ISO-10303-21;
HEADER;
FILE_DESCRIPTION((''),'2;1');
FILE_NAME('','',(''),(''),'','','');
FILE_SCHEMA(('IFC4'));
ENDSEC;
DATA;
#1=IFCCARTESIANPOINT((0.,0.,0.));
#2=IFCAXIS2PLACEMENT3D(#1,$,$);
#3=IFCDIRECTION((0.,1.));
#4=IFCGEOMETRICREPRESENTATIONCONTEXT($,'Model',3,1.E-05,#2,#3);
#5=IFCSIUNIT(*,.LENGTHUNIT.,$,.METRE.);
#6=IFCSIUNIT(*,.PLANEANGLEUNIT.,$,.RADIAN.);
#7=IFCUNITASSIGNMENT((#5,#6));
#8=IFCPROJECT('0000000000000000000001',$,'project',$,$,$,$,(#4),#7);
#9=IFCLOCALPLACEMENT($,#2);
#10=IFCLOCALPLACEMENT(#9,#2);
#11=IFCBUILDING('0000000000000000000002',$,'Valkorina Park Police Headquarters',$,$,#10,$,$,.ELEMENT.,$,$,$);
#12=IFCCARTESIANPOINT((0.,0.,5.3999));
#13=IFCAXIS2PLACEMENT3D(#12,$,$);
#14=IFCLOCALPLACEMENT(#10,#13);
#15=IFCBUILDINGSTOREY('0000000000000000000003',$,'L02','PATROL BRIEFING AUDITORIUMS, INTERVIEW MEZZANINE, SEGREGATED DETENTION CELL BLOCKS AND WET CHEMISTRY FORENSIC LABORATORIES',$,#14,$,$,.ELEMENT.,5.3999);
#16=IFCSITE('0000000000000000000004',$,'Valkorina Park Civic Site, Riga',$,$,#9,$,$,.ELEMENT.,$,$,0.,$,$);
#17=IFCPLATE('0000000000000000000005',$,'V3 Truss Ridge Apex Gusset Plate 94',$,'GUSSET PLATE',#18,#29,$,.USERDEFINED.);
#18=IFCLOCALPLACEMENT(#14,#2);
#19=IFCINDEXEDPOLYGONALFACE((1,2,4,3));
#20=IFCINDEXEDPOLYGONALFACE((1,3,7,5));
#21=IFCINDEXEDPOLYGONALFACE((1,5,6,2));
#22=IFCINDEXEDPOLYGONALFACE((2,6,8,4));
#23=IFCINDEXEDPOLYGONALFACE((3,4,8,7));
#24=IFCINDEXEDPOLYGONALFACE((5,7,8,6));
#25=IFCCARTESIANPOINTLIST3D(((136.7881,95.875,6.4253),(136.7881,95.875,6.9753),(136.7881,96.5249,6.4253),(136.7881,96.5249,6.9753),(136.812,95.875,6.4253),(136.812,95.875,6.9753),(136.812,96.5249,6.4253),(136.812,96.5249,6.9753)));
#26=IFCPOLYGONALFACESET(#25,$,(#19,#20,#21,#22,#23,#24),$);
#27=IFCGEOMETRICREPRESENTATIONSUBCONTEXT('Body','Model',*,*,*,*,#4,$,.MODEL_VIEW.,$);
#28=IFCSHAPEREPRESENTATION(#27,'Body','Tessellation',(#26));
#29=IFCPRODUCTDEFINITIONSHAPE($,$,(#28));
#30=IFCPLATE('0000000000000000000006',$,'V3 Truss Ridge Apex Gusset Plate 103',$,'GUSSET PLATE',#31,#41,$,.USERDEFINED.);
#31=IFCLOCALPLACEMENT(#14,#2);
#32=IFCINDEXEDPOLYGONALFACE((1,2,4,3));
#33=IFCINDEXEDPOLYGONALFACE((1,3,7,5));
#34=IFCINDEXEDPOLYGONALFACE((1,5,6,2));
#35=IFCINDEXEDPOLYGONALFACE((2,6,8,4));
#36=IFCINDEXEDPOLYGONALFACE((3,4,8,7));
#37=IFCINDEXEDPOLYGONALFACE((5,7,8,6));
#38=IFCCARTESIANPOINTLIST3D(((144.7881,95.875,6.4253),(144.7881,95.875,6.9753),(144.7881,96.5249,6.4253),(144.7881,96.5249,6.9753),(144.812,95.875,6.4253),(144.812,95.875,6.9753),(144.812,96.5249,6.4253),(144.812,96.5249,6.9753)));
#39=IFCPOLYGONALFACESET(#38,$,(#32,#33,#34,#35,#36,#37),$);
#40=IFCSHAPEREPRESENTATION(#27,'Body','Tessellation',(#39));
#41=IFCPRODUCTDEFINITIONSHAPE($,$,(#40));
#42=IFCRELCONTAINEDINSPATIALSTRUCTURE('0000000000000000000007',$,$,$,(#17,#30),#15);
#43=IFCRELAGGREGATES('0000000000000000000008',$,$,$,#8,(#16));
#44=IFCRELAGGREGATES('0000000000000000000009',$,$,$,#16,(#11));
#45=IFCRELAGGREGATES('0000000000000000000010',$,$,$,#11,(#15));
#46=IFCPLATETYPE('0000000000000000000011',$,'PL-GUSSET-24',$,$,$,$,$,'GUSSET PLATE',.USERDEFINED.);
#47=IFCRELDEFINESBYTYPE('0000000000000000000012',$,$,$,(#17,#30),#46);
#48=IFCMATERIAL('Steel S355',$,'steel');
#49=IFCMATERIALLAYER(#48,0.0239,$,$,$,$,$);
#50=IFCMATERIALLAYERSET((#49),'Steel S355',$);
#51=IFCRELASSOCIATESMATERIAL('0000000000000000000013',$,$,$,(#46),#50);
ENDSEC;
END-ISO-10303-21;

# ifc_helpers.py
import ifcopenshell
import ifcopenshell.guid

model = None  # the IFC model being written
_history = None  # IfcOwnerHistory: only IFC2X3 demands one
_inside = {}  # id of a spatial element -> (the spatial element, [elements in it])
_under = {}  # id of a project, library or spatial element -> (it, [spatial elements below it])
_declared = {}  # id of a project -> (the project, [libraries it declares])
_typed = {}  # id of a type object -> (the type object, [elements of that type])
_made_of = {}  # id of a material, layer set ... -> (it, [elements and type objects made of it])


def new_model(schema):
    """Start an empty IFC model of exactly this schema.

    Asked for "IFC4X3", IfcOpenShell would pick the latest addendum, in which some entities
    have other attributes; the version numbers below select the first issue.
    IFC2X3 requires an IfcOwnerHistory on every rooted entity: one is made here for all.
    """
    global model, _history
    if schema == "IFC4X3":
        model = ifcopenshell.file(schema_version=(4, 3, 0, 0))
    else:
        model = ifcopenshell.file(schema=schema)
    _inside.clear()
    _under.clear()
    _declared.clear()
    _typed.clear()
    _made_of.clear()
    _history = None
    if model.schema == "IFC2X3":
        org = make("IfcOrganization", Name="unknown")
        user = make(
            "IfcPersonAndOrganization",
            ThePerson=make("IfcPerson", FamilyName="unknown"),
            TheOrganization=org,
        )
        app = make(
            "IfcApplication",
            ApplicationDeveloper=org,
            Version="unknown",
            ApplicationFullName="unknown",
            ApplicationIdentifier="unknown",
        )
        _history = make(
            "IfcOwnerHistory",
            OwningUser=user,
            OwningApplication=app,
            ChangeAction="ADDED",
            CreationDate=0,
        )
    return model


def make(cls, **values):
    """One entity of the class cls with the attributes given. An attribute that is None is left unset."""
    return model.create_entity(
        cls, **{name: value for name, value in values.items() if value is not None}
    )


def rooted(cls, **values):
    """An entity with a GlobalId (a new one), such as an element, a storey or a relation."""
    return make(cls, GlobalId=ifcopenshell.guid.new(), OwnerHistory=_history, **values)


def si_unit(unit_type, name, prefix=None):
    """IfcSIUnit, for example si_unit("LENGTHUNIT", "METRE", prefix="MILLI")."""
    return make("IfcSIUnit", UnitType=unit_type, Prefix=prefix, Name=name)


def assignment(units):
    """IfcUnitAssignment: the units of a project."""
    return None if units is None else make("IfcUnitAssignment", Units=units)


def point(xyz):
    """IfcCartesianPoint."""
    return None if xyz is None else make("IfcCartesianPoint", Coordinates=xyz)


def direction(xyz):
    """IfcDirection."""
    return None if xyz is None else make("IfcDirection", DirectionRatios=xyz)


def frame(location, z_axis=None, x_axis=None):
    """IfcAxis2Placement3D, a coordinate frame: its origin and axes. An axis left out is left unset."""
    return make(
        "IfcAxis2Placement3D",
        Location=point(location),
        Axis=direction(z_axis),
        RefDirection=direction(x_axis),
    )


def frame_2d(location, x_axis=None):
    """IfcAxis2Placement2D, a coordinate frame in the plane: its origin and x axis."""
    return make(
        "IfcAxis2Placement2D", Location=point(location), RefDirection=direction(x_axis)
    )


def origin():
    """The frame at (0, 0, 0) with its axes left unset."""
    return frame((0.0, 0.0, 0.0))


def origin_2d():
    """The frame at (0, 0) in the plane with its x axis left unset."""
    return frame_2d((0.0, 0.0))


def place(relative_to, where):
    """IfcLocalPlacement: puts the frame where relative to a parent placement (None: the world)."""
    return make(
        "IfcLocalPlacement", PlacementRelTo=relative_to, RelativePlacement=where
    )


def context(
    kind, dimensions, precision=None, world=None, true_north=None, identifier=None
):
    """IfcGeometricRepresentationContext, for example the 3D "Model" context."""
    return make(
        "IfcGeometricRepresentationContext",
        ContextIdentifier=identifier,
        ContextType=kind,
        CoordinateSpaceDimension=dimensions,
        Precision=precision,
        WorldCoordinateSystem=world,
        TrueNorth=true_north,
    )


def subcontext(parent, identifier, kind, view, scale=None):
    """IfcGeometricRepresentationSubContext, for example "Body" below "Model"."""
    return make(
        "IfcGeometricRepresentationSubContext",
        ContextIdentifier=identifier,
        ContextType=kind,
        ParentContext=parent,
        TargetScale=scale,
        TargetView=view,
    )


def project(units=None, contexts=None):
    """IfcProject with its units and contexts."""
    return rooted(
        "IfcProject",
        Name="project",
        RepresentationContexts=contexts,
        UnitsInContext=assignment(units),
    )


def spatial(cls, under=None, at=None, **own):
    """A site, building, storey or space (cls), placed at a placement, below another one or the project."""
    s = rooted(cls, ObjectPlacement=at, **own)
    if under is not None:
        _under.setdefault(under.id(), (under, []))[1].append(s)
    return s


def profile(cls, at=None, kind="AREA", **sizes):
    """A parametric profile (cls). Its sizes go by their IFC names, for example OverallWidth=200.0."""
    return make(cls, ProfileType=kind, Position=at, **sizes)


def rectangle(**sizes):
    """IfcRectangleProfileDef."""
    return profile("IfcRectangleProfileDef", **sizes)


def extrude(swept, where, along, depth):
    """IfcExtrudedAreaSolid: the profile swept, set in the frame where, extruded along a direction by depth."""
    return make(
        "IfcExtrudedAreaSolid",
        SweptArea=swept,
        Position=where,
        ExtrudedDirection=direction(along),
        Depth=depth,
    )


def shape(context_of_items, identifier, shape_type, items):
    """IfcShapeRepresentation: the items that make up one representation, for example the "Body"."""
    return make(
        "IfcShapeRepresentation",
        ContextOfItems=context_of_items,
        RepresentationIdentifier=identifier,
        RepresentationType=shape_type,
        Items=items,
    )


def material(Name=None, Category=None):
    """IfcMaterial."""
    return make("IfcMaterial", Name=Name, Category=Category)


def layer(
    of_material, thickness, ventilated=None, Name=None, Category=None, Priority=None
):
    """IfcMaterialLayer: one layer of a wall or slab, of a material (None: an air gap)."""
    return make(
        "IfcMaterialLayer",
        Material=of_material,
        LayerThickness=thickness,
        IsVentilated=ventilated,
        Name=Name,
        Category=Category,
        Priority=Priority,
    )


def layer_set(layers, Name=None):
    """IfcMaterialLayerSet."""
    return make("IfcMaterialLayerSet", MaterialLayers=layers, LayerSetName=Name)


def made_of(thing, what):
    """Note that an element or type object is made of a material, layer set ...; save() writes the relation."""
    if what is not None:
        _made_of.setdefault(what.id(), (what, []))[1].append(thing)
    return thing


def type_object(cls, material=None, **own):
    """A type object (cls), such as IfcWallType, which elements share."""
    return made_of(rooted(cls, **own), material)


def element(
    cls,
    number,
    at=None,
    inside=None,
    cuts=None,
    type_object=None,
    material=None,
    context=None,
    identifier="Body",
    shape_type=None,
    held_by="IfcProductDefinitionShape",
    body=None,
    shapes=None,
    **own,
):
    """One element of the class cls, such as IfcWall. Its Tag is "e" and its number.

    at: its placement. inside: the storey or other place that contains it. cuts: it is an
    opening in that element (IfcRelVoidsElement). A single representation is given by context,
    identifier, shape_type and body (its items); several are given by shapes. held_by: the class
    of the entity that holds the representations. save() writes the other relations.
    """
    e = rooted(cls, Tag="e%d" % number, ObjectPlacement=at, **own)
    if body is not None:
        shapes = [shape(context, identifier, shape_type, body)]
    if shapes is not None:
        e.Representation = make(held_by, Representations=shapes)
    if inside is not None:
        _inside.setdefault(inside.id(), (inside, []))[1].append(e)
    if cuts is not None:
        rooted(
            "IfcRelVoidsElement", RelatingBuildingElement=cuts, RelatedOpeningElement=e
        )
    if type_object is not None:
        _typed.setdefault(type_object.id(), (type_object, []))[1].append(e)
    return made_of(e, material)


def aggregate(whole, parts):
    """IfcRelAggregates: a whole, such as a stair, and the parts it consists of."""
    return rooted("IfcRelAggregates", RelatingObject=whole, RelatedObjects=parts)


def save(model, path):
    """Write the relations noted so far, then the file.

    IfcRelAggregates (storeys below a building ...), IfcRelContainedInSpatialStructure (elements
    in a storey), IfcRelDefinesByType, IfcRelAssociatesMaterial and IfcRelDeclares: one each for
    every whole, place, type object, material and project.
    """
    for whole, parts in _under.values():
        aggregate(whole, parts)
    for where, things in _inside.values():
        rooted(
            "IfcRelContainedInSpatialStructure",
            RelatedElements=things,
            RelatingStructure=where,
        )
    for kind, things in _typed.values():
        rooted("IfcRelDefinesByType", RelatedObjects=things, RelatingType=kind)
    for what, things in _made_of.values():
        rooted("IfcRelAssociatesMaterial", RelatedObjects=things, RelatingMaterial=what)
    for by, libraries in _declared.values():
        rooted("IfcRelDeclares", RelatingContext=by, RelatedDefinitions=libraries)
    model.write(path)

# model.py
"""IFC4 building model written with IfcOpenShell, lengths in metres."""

from ifc_helpers import new_model, si_unit, direction, frame, origin, origin_2d, place, context, subcontext, project, spatial, rectangle, extrude, material, layer, layer_set, type_object, element, save


model = new_model("IFC4")

# Units and contexts
model_context = context("Model", 3, precision=1e-05, world=origin(), true_north=direction((0.0, 1.0)))
body_context = subcontext(model_context, "Body", "Model", "MODEL_VIEW")
ifc_project = project(units=[si_unit("LENGTHUNIT", "METRE"), si_unit("PLANEANGLEUNIT", "RADIAN")], contexts=[model_context])

# Site, building, storey
site_placement = place(None, origin())
site = spatial("IfcSite", under=ifc_project, at=site_placement, Name="Valkorina Park Civic Site, Riga", CompositionType="ELEMENT", RefElevation=0.0)
building_placement = place(site_placement, origin())
building = spatial("IfcBuilding", under=site, at=building_placement, Name="Valkorina Park Police Headquarters", CompositionType="ELEMENT")
storey_placement = place(building_placement, frame((0.0, 0.0, 5.3999)))
storey = spatial("IfcBuildingStorey", under=building, at=storey_placement, Name="L02", Description="PATROL BRIEFING AUDITORIUMS, INTERVIEW MEZZANINE, SEGREGATED DETENTION CELL BLOCKS AND WET CHEMISTRY FORENSIC LABORATORIES", CompositionType="ELEMENT", Elevation=5.3999)

# Shared definitions
ifc_material = material(Name="Steel S355", Category="steel")

# Plates
ifc_layer_1 = layer(ifc_material, 0.0239)
ifc_layer_set_1 = layer_set([ifc_layer_1], Name="Steel S355")
plate_type_1 = type_object("IfcPlateType", Name="PL-GUSSET-24", ElementType="GUSSET PLATE", PredefinedType="USERDEFINED", material=ifc_layer_set_1)
for number, where, z_axis, x_axis, name in (
    (1, (136.8, 96.2, 6.4253), (0.0, 0.0, 1.0), (1.0, 0.0, 0.0), "V3 Truss Ridge Apex Gusset Plate 94"),
    (2, (144.8, 96.2, 6.4253), (0.0, 0.0, 1.0), (1.0, 0.0, 0.0), "V3 Truss Ridge Apex Gusset Plate 103"),
):
    element("IfcPlate", number, at=place(storey_placement, frame(where, z_axis=z_axis, x_axis=x_axis)), inside=storey, type_object=plate_type_1, Name=name, ObjectType="GUSSET PLATE", PredefinedType="USERDEFINED", context=body_context, shape_type="SweptSolid", body=[
        extrude(rectangle(XDim=0.0239, YDim=0.6499, at=origin_2d()), origin(), (0.0, 0.0, 1.0), 0.55),
    ])

save(model, "model.ifc")
